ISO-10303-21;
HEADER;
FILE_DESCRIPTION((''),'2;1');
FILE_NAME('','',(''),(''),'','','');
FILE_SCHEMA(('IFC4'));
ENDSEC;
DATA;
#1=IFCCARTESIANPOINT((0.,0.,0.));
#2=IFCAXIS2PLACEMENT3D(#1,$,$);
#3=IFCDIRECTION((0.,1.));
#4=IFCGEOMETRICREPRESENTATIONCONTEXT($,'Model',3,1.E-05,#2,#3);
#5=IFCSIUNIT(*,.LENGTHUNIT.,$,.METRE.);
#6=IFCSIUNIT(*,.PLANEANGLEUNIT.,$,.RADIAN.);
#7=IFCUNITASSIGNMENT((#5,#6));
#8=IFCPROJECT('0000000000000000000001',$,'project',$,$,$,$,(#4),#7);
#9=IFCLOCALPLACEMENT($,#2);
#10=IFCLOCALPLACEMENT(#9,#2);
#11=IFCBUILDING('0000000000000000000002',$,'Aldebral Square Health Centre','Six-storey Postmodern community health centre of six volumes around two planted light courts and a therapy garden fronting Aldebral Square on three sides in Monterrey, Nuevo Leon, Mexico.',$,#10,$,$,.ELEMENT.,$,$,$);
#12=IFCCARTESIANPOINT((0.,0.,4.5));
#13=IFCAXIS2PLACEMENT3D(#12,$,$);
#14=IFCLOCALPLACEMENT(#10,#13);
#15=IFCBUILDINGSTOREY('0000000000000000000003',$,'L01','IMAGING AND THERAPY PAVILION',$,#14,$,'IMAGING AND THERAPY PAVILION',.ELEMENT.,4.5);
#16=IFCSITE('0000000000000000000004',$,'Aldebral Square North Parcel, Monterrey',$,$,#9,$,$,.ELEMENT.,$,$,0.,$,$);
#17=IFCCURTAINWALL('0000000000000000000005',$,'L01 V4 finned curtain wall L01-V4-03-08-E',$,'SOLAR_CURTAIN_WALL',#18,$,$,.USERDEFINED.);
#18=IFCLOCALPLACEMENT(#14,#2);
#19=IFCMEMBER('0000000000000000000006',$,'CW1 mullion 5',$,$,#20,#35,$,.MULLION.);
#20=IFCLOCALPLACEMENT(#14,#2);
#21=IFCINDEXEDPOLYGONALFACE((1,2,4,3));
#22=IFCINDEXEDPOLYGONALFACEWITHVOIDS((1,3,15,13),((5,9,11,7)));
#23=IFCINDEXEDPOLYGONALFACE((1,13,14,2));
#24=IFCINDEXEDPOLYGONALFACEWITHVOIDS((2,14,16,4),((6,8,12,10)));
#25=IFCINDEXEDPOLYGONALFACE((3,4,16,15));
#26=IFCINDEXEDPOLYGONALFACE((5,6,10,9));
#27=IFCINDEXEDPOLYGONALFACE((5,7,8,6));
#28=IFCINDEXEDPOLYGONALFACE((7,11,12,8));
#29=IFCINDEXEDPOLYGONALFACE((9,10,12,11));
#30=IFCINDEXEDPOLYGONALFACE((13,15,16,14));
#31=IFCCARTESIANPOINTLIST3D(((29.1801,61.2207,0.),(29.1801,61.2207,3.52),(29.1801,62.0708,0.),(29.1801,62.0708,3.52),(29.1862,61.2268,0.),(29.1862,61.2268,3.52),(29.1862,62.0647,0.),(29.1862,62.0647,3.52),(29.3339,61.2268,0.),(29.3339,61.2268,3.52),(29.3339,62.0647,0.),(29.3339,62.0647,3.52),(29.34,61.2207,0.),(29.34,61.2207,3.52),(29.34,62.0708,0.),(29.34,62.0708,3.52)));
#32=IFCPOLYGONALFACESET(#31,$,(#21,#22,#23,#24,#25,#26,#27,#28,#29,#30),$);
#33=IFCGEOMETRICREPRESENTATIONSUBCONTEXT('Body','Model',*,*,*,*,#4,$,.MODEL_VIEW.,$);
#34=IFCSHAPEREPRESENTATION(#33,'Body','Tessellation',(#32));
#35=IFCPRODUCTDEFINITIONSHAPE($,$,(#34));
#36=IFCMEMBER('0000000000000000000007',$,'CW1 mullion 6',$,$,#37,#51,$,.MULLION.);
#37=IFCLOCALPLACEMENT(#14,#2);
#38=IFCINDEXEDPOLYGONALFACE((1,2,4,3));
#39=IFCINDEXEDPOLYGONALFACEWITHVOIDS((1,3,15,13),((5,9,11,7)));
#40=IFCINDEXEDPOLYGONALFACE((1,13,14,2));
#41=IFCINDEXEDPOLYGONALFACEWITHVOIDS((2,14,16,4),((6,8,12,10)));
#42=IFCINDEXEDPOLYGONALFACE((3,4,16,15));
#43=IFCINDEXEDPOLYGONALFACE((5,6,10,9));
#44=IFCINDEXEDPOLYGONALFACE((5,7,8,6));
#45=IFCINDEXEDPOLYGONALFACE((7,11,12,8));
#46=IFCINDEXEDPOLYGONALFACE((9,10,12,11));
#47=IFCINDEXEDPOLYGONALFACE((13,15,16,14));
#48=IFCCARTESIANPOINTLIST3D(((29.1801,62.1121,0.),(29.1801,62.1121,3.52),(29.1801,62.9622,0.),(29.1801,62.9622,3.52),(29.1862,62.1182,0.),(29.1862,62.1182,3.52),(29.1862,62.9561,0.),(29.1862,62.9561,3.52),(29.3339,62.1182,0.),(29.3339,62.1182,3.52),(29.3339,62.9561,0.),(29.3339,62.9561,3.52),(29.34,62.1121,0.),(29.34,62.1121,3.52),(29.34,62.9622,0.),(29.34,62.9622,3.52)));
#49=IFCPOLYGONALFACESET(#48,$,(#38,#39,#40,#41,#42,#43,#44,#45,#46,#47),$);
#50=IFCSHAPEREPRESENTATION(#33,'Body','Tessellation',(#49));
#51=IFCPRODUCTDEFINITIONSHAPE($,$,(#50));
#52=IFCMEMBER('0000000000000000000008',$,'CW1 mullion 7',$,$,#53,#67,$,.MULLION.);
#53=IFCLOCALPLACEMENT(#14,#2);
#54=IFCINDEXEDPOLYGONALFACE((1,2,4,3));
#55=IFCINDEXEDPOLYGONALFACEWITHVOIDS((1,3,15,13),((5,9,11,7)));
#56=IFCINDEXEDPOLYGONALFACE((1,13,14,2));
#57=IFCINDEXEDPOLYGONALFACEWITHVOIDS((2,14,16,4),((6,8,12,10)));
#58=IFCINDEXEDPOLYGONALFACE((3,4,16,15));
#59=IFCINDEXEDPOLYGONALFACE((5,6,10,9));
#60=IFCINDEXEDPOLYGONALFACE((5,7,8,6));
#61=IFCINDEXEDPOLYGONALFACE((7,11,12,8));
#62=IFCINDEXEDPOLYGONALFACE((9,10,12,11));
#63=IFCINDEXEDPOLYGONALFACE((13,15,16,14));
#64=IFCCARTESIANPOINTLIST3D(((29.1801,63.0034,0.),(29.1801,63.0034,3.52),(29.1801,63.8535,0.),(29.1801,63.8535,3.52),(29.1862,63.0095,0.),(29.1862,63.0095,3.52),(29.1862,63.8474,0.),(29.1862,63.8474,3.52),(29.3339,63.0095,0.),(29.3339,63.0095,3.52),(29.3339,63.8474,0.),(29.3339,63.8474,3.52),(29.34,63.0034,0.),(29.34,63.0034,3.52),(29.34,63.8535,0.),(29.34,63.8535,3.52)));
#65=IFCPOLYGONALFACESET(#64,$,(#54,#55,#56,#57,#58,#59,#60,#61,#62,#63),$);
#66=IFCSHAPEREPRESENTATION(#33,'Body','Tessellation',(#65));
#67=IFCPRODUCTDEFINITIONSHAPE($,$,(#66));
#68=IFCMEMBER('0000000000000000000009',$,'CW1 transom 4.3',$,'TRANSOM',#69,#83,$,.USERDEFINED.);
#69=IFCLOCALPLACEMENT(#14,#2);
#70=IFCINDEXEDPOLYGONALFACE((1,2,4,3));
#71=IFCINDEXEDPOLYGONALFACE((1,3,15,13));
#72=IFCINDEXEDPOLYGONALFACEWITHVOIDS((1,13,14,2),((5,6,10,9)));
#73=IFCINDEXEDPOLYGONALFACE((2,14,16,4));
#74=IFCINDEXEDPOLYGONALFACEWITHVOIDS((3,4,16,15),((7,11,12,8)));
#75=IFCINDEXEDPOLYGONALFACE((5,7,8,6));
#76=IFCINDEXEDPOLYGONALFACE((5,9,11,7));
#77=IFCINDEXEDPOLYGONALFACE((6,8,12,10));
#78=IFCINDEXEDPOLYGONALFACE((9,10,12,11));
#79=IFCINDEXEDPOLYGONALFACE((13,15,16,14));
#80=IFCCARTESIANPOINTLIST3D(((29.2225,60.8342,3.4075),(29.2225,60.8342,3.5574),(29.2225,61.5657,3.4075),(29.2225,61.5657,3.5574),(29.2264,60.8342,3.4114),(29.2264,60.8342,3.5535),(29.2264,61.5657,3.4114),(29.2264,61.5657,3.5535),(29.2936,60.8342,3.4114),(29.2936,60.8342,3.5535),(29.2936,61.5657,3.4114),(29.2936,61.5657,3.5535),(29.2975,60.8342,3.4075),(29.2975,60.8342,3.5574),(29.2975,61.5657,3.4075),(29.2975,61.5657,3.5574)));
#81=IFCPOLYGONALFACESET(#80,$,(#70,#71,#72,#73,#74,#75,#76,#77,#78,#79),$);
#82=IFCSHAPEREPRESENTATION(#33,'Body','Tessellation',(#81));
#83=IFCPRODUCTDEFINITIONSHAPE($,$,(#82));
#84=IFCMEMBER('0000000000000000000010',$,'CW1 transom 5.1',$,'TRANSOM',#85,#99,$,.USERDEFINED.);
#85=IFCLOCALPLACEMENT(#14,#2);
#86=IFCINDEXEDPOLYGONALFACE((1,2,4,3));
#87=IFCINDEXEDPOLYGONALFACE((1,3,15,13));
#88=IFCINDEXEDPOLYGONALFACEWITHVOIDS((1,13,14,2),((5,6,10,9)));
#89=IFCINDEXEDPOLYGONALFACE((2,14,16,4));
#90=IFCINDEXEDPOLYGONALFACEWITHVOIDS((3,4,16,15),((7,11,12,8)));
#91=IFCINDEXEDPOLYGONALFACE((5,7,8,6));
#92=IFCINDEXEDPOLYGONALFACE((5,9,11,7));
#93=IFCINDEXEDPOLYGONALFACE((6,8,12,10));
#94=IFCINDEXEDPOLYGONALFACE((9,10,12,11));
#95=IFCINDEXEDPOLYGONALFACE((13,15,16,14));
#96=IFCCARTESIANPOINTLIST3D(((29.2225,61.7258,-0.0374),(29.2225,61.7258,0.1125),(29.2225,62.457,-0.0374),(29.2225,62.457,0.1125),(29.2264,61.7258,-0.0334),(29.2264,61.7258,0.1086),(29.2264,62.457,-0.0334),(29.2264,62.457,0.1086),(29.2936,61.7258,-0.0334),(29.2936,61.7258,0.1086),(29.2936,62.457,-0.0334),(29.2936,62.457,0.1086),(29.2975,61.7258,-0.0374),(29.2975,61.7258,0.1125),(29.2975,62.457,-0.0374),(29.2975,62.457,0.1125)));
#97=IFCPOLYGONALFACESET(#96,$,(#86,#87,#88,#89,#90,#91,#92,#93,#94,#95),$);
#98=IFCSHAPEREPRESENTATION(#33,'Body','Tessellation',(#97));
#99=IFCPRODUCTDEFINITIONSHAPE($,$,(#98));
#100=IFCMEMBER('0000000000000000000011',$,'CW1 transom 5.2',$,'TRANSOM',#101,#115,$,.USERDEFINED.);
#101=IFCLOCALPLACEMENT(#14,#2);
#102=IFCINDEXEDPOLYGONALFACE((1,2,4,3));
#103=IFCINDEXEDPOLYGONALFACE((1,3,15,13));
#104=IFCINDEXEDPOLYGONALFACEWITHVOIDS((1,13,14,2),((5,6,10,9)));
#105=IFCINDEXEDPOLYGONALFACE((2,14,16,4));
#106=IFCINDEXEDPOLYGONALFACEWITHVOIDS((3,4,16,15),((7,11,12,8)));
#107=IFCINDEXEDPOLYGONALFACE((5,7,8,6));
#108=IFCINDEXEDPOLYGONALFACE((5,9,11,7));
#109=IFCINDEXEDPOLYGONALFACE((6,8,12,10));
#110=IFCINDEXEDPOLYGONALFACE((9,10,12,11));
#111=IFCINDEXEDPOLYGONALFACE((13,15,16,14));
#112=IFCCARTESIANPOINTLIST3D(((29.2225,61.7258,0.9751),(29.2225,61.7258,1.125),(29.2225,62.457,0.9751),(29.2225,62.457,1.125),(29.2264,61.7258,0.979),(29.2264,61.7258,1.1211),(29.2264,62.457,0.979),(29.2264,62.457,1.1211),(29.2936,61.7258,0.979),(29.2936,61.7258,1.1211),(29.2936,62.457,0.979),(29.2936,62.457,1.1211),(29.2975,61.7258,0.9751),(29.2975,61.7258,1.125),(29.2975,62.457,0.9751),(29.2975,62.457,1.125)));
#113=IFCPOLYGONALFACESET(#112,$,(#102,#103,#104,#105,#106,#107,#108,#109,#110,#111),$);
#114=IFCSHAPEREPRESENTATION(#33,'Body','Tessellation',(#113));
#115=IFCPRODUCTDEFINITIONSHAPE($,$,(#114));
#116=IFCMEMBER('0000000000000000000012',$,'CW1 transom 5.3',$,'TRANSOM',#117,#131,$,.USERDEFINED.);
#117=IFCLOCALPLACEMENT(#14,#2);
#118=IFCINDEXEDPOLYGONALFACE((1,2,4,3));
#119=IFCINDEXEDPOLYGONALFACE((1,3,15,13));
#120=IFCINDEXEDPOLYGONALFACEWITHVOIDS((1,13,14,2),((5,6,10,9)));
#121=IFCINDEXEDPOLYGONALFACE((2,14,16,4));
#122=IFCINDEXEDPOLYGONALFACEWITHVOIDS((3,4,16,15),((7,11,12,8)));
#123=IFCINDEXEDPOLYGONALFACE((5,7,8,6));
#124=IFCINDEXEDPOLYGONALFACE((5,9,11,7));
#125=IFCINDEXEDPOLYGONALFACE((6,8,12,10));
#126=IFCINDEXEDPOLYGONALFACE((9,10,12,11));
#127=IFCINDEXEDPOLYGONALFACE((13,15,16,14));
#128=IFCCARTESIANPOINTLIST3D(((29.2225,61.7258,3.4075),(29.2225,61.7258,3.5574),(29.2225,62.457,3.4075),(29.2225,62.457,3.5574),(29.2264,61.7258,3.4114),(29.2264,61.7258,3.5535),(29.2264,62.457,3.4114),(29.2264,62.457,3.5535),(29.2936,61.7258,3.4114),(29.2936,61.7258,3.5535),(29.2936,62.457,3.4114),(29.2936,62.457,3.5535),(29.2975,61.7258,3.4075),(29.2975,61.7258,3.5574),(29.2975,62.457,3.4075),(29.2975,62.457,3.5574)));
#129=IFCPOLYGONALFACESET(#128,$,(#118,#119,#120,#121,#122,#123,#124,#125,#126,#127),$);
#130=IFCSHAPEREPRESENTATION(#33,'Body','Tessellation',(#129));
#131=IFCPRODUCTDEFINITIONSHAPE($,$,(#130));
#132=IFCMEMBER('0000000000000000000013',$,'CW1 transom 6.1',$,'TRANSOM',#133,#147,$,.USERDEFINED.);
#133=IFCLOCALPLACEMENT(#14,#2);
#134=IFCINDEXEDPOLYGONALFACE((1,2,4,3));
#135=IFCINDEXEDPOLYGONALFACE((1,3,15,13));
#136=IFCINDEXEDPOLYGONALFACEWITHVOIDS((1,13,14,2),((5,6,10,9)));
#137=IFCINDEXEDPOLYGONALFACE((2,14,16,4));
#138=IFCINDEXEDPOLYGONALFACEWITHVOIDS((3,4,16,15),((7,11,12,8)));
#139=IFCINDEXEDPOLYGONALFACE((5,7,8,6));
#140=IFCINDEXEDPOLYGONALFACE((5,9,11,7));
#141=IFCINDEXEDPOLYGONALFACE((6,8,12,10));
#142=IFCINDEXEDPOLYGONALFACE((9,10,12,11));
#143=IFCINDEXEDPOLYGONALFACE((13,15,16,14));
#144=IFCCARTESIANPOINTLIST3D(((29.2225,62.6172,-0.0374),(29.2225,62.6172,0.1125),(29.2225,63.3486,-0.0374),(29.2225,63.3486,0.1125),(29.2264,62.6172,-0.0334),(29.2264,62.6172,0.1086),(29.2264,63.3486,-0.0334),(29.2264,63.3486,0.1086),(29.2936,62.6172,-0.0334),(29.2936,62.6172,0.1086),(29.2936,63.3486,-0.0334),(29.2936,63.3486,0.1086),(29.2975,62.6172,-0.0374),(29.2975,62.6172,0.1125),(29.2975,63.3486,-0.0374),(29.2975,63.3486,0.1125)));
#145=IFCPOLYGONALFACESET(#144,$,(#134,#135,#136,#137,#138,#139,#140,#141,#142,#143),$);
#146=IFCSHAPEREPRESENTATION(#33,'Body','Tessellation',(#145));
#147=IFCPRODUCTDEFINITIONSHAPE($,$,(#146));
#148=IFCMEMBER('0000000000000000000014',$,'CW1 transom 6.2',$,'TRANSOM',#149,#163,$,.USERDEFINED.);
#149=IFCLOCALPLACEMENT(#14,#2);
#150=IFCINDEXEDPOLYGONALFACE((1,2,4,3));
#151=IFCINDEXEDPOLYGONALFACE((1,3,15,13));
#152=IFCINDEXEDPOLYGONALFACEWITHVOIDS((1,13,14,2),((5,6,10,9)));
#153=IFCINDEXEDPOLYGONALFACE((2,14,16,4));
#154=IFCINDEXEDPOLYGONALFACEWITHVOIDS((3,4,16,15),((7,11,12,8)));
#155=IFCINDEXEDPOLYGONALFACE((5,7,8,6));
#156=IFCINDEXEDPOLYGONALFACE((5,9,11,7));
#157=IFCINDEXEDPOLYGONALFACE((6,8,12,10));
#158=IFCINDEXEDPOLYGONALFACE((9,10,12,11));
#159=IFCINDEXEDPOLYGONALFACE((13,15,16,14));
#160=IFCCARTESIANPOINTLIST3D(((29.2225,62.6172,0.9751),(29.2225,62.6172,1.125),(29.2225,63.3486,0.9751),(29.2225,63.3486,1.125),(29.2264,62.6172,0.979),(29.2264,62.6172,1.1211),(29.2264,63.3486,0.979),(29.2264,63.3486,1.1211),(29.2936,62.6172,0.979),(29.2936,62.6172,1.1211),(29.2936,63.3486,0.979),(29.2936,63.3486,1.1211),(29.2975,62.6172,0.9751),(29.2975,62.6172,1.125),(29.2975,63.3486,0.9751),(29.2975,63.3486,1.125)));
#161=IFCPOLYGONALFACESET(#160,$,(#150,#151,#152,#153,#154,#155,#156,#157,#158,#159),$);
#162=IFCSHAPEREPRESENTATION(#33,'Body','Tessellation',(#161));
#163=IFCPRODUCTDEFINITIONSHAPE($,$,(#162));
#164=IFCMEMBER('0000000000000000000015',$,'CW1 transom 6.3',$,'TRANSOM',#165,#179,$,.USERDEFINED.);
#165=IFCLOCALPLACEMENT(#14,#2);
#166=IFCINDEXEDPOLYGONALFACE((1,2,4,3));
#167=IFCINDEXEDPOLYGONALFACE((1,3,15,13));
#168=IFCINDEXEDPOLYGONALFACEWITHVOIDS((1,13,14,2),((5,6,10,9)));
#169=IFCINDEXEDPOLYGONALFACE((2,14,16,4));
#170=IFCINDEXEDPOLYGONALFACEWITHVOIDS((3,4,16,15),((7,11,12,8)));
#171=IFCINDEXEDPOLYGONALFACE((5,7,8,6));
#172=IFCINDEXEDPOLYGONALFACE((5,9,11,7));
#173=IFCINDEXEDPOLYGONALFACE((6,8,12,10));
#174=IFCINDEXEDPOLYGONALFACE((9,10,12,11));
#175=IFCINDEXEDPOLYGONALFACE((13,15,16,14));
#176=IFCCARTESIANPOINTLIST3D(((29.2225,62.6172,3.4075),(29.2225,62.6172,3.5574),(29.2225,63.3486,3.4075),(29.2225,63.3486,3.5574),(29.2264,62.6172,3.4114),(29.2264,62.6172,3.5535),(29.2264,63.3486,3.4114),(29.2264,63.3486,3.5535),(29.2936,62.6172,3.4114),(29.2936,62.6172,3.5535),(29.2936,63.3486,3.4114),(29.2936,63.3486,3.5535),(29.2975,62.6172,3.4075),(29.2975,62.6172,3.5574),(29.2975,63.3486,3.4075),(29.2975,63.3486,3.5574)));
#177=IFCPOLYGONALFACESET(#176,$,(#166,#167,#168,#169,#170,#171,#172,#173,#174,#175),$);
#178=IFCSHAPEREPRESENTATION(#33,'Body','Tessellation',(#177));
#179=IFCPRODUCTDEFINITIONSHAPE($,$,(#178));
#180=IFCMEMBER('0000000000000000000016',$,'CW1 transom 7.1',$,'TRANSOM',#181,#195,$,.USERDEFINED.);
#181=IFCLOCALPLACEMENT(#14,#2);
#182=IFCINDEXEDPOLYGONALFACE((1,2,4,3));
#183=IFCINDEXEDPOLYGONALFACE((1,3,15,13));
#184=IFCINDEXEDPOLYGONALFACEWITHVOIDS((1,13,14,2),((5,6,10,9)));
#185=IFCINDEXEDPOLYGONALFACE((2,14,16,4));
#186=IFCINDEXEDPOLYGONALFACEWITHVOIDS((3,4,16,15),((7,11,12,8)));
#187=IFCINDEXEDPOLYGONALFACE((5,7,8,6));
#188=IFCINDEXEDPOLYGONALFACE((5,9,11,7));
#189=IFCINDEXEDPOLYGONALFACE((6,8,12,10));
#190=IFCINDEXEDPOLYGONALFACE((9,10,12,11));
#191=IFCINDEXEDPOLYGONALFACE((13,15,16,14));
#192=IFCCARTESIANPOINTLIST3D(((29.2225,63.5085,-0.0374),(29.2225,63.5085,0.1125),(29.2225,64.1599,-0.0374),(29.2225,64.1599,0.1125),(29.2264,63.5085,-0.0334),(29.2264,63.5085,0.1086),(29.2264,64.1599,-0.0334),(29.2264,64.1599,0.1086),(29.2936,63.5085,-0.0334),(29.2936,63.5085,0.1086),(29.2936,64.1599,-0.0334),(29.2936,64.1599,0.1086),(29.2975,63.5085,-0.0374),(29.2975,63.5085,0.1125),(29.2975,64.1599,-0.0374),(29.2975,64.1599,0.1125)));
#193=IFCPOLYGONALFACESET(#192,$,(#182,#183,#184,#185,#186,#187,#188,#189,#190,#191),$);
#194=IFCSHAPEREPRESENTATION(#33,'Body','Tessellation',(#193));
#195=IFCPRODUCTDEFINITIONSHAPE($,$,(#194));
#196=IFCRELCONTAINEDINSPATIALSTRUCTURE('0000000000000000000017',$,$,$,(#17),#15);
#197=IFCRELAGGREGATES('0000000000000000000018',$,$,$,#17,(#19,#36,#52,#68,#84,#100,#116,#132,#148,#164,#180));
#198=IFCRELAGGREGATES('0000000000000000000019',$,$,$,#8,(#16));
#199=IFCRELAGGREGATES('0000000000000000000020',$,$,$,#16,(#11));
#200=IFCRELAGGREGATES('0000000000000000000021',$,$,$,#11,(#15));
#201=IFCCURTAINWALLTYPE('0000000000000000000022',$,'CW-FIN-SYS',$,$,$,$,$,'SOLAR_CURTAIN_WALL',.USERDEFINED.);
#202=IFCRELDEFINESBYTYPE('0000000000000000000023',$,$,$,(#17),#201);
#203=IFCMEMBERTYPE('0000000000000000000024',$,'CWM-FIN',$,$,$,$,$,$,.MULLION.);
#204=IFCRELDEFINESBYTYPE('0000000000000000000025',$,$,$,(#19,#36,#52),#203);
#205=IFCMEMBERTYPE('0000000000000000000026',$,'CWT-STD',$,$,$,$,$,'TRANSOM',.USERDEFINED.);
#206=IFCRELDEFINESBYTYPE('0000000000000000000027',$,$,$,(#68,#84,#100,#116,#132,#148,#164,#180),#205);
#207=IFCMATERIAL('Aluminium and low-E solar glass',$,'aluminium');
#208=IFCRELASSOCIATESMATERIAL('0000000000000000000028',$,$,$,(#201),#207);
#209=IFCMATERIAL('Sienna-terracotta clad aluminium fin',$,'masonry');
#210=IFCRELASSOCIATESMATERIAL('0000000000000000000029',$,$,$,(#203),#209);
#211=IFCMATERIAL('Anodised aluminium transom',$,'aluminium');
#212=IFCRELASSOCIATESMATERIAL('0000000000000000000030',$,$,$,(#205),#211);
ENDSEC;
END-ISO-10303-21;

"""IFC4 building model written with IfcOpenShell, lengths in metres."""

from ifc_helpers import new_model, si_unit, direction, frame, origin, origin_2d, place, context, subcontext, project, spatial, hollow_rectangle, extrude, material, material_profile, profile_set, type_object, element, aggregate, save


model = new_model("IFC4")

# Units and contexts
model_context = context("Model", 3, precision=1e-05, world=origin(), true_north=direction((0.0, 1.0)))
body_context = subcontext(model_context, "Body", "Model", "MODEL_VIEW")
ifc_project = project(units=[si_unit("LENGTHUNIT", "METRE"), si_unit("PLANEANGLEUNIT", "RADIAN")], contexts=[model_context])

# Site, building, storey
site_placement = place(None, origin())
site = spatial("IfcSite", under=ifc_project, at=site_placement, Name="Aldebral Square North Parcel, Monterrey", CompositionType="ELEMENT", RefElevation=0.0)
building_placement = place(site_placement, origin())
building = spatial("IfcBuilding", under=site, at=building_placement, Name="Aldebral Square Health Centre", Description="Six-storey Postmodern community health centre of six volumes around two planted light courts and a therapy garden fronting Aldebral Square on three sides in Monterrey, Nuevo Leon, Mexico.", CompositionType="ELEMENT")
storey_placement = place(building_placement, frame((0.0, 0.0, 4.5)))
storey = spatial("IfcBuildingStorey", under=building, at=storey_placement, Name="L01", Description="IMAGING AND THERAPY PAVILION", LongName="IMAGING AND THERAPY PAVILION", CompositionType="ELEMENT", Elevation=4.5)

# Curtain wall, members
ifc_material_1 = material(Name="Aluminium and low-E solar glass", Category="aluminium")
curtain_wall_type = type_object("IfcCurtainWallType", Name="CW-FIN-SYS", ElementType="SOLAR_CURTAIN_WALL", PredefinedType="USERDEFINED", material=ifc_material_1)
curtain_wall_placement = place(storey_placement, origin())
curtain_wall = element("IfcCurtainWall", 1, at=curtain_wall_placement, inside=storey, type_object=curtain_wall_type, Name="L01 V4 finned curtain wall L01-V4-03-08-E", ObjectType="SOLAR_CURTAIN_WALL", PredefinedType="USERDEFINED")
ifc_material_2 = material(Name="Sienna-terracotta clad aluminium fin", Category="masonry")
ifc_material_profile_1 = material_profile(ifc_material_2, hollow_rectangle(XDim=0.1599, YDim=0.8501, WallThickness=0.0061, at=origin_2d()), Name="FIN 160x850x6")
ifc_profile_set_1 = profile_set([ifc_material_profile_1], Name="Sienna-terracotta clad aluminium fin")
member_type_1 = type_object("IfcMemberType", Name="CWM-FIN", PredefinedType="MULLION", material=ifc_profile_set_1)
member_1_placement = place(storey_placement, frame((29.26, 61.6458, 0.0), z_axis=(0.0, 0.0, 1.0), x_axis=(-1.0, 0.0, 0.0)))
member_1 = element("IfcMember", 2, at=member_1_placement, type_object=member_type_1, Name="CW1 mullion 5", PredefinedType="MULLION", context=body_context, shape_type="SweptSolid", body=[
    extrude(hollow_rectangle(XDim=0.1599, YDim=0.8501, WallThickness=0.0061, at=origin_2d()), origin(), (0.0, 0.0, 1.0), 3.52),
])
member_2_placement = place(storey_placement, frame((29.26, 62.5371, 0.0), z_axis=(0.0, 0.0, 1.0), x_axis=(-1.0, 0.0, 0.0)))
member_2 = element("IfcMember", 3, at=member_2_placement, type_object=member_type_1, Name="CW1 mullion 6", PredefinedType="MULLION", context=body_context, shape_type="SweptSolid", body=[
    extrude(hollow_rectangle(XDim=0.1599, YDim=0.8501, WallThickness=0.0061, at=origin_2d()), origin(), (0.0, 0.0, 1.0), 3.52),
])
member_3_placement = place(storey_placement, frame((29.26, 63.4285, 0.0), z_axis=(0.0, 0.0, 1.0), x_axis=(-1.0, 0.0, 0.0)))
member_3 = element("IfcMember", 4, at=member_3_placement, type_object=member_type_1, Name="CW1 mullion 7", PredefinedType="MULLION", context=body_context, shape_type="SweptSolid", body=[
    extrude(hollow_rectangle(XDim=0.1599, YDim=0.8501, WallThickness=0.0061, at=origin_2d()), origin(), (0.0, 0.0, 1.0), 3.52),
])
ifc_material_3 = material(Name="Anodised aluminium transom", Category="aluminium")
ifc_material_profile_2 = material_profile(ifc_material_3, hollow_rectangle(XDim=0.075, YDim=0.1499, WallThickness=0.0039, at=origin_2d()), Name="CWT 75x150x4")
ifc_profile_set_2 = profile_set([ifc_material_profile_2], Name="Anodised aluminium transom")
member_type_2 = type_object("IfcMemberType", Name="CWT-STD", ElementType="TRANSOM", PredefinedType="USERDEFINED", material=ifc_profile_set_2)
member_4_placement = place(storey_placement, frame((29.26, 60.8342, 3.4824), z_axis=(0.0, 1.0, 0.0), x_axis=(-1.0, 0.0, 0.0)))
member_4 = element("IfcMember", 5, at=member_4_placement, type_object=member_type_2, Name="CW1 transom 4.3", ObjectType="TRANSOM", PredefinedType="USERDEFINED", context=body_context, shape_type="SweptSolid", body=[
    extrude(hollow_rectangle(XDim=0.075, YDim=0.1499, WallThickness=0.0039, at=origin_2d()), origin(), (0.0, 0.0, 1.0), 0.7314),
])
member_5_placement = place(storey_placement, frame((29.26, 61.7258, 0.0376), z_axis=(0.0, 1.0, 0.0), x_axis=(-1.0, 0.0, 0.0)))
member_5 = element("IfcMember", 6, at=member_5_placement, type_object=member_type_2, Name="CW1 transom 5.1", ObjectType="TRANSOM", PredefinedType="USERDEFINED", context=body_context, shape_type="SweptSolid", body=[
    extrude(hollow_rectangle(XDim=0.075, YDim=0.1499, WallThickness=0.0039, at=origin_2d()), origin(), (0.0, 0.0, 1.0), 0.7312),
])
member_6_placement = place(storey_placement, frame((29.26, 61.7258, 1.05), z_axis=(0.0, 1.0, 0.0), x_axis=(-1.0, 0.0, 0.0)))
member_6 = element("IfcMember", 7, at=member_6_placement, type_object=member_type_2, Name="CW1 transom 5.2", ObjectType="TRANSOM", PredefinedType="USERDEFINED", context=body_context, shape_type="SweptSolid", body=[
    extrude(hollow_rectangle(XDim=0.075, YDim=0.1499, WallThickness=0.0039, at=origin_2d()), origin(), (0.0, 0.0, 1.0), 0.7312),
])
member_7_placement = place(storey_placement, frame((29.26, 61.7258, 3.4824), z_axis=(0.0, 1.0, 0.0), x_axis=(-1.0, 0.0, 0.0)))
member_7 = element("IfcMember", 8, at=member_7_placement, type_object=member_type_2, Name="CW1 transom 5.3", ObjectType="TRANSOM", PredefinedType="USERDEFINED", context=body_context, shape_type="SweptSolid", body=[
    extrude(hollow_rectangle(XDim=0.075, YDim=0.1499, WallThickness=0.0039, at=origin_2d()), origin(), (0.0, 0.0, 1.0), 0.7312),
])
member_8_placement = place(storey_placement, frame((29.26, 62.6172, 0.0376), z_axis=(0.0, 1.0, 0.0), x_axis=(-1.0, 0.0, 0.0)))
member_8 = element("IfcMember", 9, at=member_8_placement, type_object=member_type_2, Name="CW1 transom 6.1", ObjectType="TRANSOM", PredefinedType="USERDEFINED", context=body_context, shape_type="SweptSolid", body=[
    extrude(hollow_rectangle(XDim=0.075, YDim=0.1499, WallThickness=0.0039, at=origin_2d()), origin(), (0.0, 0.0, 1.0), 0.7314),
])
member_9_placement = place(storey_placement, frame((29.26, 62.6172, 1.05), z_axis=(0.0, 1.0, 0.0), x_axis=(-1.0, 0.0, 0.0)))
member_9 = element("IfcMember", 10, at=member_9_placement, type_object=member_type_2, Name="CW1 transom 6.2", ObjectType="TRANSOM", PredefinedType="USERDEFINED", context=body_context, shape_type="SweptSolid", body=[
    extrude(hollow_rectangle(XDim=0.075, YDim=0.1499, WallThickness=0.0039, at=origin_2d()), origin(), (0.0, 0.0, 1.0), 0.7314),
])
member_10_placement = place(storey_placement, frame((29.26, 62.6172, 3.4824), z_axis=(0.0, 1.0, 0.0), x_axis=(-1.0, 0.0, 0.0)))
member_10 = element("IfcMember", 11, at=member_10_placement, type_object=member_type_2, Name="CW1 transom 6.3", ObjectType="TRANSOM", PredefinedType="USERDEFINED", context=body_context, shape_type="SweptSolid", body=[
    extrude(hollow_rectangle(XDim=0.075, YDim=0.1499, WallThickness=0.0039, at=origin_2d()), origin(), (0.0, 0.0, 1.0), 0.7314),
])
member_11_placement = place(storey_placement, frame((29.26, 63.5085, 0.0376), z_axis=(0.0, 1.0, 0.0), x_axis=(-1.0, 0.0, 0.0)))
member_11 = element("IfcMember", 12, at=member_11_placement, type_object=member_type_2, Name="CW1 transom 7.1", ObjectType="TRANSOM", PredefinedType="USERDEFINED", context=body_context, shape_type="SweptSolid", body=[
    extrude(hollow_rectangle(XDim=0.075, YDim=0.1499, WallThickness=0.0039, at=origin_2d()), origin(), (0.0, 0.0, 1.0), 0.6514),
])
aggregate(curtain_wall, [member_1, member_2, member_3, member_4, member_5, member_6, member_7, member_8, member_9, member_10, member_11])

save(model, "model.ifc")
